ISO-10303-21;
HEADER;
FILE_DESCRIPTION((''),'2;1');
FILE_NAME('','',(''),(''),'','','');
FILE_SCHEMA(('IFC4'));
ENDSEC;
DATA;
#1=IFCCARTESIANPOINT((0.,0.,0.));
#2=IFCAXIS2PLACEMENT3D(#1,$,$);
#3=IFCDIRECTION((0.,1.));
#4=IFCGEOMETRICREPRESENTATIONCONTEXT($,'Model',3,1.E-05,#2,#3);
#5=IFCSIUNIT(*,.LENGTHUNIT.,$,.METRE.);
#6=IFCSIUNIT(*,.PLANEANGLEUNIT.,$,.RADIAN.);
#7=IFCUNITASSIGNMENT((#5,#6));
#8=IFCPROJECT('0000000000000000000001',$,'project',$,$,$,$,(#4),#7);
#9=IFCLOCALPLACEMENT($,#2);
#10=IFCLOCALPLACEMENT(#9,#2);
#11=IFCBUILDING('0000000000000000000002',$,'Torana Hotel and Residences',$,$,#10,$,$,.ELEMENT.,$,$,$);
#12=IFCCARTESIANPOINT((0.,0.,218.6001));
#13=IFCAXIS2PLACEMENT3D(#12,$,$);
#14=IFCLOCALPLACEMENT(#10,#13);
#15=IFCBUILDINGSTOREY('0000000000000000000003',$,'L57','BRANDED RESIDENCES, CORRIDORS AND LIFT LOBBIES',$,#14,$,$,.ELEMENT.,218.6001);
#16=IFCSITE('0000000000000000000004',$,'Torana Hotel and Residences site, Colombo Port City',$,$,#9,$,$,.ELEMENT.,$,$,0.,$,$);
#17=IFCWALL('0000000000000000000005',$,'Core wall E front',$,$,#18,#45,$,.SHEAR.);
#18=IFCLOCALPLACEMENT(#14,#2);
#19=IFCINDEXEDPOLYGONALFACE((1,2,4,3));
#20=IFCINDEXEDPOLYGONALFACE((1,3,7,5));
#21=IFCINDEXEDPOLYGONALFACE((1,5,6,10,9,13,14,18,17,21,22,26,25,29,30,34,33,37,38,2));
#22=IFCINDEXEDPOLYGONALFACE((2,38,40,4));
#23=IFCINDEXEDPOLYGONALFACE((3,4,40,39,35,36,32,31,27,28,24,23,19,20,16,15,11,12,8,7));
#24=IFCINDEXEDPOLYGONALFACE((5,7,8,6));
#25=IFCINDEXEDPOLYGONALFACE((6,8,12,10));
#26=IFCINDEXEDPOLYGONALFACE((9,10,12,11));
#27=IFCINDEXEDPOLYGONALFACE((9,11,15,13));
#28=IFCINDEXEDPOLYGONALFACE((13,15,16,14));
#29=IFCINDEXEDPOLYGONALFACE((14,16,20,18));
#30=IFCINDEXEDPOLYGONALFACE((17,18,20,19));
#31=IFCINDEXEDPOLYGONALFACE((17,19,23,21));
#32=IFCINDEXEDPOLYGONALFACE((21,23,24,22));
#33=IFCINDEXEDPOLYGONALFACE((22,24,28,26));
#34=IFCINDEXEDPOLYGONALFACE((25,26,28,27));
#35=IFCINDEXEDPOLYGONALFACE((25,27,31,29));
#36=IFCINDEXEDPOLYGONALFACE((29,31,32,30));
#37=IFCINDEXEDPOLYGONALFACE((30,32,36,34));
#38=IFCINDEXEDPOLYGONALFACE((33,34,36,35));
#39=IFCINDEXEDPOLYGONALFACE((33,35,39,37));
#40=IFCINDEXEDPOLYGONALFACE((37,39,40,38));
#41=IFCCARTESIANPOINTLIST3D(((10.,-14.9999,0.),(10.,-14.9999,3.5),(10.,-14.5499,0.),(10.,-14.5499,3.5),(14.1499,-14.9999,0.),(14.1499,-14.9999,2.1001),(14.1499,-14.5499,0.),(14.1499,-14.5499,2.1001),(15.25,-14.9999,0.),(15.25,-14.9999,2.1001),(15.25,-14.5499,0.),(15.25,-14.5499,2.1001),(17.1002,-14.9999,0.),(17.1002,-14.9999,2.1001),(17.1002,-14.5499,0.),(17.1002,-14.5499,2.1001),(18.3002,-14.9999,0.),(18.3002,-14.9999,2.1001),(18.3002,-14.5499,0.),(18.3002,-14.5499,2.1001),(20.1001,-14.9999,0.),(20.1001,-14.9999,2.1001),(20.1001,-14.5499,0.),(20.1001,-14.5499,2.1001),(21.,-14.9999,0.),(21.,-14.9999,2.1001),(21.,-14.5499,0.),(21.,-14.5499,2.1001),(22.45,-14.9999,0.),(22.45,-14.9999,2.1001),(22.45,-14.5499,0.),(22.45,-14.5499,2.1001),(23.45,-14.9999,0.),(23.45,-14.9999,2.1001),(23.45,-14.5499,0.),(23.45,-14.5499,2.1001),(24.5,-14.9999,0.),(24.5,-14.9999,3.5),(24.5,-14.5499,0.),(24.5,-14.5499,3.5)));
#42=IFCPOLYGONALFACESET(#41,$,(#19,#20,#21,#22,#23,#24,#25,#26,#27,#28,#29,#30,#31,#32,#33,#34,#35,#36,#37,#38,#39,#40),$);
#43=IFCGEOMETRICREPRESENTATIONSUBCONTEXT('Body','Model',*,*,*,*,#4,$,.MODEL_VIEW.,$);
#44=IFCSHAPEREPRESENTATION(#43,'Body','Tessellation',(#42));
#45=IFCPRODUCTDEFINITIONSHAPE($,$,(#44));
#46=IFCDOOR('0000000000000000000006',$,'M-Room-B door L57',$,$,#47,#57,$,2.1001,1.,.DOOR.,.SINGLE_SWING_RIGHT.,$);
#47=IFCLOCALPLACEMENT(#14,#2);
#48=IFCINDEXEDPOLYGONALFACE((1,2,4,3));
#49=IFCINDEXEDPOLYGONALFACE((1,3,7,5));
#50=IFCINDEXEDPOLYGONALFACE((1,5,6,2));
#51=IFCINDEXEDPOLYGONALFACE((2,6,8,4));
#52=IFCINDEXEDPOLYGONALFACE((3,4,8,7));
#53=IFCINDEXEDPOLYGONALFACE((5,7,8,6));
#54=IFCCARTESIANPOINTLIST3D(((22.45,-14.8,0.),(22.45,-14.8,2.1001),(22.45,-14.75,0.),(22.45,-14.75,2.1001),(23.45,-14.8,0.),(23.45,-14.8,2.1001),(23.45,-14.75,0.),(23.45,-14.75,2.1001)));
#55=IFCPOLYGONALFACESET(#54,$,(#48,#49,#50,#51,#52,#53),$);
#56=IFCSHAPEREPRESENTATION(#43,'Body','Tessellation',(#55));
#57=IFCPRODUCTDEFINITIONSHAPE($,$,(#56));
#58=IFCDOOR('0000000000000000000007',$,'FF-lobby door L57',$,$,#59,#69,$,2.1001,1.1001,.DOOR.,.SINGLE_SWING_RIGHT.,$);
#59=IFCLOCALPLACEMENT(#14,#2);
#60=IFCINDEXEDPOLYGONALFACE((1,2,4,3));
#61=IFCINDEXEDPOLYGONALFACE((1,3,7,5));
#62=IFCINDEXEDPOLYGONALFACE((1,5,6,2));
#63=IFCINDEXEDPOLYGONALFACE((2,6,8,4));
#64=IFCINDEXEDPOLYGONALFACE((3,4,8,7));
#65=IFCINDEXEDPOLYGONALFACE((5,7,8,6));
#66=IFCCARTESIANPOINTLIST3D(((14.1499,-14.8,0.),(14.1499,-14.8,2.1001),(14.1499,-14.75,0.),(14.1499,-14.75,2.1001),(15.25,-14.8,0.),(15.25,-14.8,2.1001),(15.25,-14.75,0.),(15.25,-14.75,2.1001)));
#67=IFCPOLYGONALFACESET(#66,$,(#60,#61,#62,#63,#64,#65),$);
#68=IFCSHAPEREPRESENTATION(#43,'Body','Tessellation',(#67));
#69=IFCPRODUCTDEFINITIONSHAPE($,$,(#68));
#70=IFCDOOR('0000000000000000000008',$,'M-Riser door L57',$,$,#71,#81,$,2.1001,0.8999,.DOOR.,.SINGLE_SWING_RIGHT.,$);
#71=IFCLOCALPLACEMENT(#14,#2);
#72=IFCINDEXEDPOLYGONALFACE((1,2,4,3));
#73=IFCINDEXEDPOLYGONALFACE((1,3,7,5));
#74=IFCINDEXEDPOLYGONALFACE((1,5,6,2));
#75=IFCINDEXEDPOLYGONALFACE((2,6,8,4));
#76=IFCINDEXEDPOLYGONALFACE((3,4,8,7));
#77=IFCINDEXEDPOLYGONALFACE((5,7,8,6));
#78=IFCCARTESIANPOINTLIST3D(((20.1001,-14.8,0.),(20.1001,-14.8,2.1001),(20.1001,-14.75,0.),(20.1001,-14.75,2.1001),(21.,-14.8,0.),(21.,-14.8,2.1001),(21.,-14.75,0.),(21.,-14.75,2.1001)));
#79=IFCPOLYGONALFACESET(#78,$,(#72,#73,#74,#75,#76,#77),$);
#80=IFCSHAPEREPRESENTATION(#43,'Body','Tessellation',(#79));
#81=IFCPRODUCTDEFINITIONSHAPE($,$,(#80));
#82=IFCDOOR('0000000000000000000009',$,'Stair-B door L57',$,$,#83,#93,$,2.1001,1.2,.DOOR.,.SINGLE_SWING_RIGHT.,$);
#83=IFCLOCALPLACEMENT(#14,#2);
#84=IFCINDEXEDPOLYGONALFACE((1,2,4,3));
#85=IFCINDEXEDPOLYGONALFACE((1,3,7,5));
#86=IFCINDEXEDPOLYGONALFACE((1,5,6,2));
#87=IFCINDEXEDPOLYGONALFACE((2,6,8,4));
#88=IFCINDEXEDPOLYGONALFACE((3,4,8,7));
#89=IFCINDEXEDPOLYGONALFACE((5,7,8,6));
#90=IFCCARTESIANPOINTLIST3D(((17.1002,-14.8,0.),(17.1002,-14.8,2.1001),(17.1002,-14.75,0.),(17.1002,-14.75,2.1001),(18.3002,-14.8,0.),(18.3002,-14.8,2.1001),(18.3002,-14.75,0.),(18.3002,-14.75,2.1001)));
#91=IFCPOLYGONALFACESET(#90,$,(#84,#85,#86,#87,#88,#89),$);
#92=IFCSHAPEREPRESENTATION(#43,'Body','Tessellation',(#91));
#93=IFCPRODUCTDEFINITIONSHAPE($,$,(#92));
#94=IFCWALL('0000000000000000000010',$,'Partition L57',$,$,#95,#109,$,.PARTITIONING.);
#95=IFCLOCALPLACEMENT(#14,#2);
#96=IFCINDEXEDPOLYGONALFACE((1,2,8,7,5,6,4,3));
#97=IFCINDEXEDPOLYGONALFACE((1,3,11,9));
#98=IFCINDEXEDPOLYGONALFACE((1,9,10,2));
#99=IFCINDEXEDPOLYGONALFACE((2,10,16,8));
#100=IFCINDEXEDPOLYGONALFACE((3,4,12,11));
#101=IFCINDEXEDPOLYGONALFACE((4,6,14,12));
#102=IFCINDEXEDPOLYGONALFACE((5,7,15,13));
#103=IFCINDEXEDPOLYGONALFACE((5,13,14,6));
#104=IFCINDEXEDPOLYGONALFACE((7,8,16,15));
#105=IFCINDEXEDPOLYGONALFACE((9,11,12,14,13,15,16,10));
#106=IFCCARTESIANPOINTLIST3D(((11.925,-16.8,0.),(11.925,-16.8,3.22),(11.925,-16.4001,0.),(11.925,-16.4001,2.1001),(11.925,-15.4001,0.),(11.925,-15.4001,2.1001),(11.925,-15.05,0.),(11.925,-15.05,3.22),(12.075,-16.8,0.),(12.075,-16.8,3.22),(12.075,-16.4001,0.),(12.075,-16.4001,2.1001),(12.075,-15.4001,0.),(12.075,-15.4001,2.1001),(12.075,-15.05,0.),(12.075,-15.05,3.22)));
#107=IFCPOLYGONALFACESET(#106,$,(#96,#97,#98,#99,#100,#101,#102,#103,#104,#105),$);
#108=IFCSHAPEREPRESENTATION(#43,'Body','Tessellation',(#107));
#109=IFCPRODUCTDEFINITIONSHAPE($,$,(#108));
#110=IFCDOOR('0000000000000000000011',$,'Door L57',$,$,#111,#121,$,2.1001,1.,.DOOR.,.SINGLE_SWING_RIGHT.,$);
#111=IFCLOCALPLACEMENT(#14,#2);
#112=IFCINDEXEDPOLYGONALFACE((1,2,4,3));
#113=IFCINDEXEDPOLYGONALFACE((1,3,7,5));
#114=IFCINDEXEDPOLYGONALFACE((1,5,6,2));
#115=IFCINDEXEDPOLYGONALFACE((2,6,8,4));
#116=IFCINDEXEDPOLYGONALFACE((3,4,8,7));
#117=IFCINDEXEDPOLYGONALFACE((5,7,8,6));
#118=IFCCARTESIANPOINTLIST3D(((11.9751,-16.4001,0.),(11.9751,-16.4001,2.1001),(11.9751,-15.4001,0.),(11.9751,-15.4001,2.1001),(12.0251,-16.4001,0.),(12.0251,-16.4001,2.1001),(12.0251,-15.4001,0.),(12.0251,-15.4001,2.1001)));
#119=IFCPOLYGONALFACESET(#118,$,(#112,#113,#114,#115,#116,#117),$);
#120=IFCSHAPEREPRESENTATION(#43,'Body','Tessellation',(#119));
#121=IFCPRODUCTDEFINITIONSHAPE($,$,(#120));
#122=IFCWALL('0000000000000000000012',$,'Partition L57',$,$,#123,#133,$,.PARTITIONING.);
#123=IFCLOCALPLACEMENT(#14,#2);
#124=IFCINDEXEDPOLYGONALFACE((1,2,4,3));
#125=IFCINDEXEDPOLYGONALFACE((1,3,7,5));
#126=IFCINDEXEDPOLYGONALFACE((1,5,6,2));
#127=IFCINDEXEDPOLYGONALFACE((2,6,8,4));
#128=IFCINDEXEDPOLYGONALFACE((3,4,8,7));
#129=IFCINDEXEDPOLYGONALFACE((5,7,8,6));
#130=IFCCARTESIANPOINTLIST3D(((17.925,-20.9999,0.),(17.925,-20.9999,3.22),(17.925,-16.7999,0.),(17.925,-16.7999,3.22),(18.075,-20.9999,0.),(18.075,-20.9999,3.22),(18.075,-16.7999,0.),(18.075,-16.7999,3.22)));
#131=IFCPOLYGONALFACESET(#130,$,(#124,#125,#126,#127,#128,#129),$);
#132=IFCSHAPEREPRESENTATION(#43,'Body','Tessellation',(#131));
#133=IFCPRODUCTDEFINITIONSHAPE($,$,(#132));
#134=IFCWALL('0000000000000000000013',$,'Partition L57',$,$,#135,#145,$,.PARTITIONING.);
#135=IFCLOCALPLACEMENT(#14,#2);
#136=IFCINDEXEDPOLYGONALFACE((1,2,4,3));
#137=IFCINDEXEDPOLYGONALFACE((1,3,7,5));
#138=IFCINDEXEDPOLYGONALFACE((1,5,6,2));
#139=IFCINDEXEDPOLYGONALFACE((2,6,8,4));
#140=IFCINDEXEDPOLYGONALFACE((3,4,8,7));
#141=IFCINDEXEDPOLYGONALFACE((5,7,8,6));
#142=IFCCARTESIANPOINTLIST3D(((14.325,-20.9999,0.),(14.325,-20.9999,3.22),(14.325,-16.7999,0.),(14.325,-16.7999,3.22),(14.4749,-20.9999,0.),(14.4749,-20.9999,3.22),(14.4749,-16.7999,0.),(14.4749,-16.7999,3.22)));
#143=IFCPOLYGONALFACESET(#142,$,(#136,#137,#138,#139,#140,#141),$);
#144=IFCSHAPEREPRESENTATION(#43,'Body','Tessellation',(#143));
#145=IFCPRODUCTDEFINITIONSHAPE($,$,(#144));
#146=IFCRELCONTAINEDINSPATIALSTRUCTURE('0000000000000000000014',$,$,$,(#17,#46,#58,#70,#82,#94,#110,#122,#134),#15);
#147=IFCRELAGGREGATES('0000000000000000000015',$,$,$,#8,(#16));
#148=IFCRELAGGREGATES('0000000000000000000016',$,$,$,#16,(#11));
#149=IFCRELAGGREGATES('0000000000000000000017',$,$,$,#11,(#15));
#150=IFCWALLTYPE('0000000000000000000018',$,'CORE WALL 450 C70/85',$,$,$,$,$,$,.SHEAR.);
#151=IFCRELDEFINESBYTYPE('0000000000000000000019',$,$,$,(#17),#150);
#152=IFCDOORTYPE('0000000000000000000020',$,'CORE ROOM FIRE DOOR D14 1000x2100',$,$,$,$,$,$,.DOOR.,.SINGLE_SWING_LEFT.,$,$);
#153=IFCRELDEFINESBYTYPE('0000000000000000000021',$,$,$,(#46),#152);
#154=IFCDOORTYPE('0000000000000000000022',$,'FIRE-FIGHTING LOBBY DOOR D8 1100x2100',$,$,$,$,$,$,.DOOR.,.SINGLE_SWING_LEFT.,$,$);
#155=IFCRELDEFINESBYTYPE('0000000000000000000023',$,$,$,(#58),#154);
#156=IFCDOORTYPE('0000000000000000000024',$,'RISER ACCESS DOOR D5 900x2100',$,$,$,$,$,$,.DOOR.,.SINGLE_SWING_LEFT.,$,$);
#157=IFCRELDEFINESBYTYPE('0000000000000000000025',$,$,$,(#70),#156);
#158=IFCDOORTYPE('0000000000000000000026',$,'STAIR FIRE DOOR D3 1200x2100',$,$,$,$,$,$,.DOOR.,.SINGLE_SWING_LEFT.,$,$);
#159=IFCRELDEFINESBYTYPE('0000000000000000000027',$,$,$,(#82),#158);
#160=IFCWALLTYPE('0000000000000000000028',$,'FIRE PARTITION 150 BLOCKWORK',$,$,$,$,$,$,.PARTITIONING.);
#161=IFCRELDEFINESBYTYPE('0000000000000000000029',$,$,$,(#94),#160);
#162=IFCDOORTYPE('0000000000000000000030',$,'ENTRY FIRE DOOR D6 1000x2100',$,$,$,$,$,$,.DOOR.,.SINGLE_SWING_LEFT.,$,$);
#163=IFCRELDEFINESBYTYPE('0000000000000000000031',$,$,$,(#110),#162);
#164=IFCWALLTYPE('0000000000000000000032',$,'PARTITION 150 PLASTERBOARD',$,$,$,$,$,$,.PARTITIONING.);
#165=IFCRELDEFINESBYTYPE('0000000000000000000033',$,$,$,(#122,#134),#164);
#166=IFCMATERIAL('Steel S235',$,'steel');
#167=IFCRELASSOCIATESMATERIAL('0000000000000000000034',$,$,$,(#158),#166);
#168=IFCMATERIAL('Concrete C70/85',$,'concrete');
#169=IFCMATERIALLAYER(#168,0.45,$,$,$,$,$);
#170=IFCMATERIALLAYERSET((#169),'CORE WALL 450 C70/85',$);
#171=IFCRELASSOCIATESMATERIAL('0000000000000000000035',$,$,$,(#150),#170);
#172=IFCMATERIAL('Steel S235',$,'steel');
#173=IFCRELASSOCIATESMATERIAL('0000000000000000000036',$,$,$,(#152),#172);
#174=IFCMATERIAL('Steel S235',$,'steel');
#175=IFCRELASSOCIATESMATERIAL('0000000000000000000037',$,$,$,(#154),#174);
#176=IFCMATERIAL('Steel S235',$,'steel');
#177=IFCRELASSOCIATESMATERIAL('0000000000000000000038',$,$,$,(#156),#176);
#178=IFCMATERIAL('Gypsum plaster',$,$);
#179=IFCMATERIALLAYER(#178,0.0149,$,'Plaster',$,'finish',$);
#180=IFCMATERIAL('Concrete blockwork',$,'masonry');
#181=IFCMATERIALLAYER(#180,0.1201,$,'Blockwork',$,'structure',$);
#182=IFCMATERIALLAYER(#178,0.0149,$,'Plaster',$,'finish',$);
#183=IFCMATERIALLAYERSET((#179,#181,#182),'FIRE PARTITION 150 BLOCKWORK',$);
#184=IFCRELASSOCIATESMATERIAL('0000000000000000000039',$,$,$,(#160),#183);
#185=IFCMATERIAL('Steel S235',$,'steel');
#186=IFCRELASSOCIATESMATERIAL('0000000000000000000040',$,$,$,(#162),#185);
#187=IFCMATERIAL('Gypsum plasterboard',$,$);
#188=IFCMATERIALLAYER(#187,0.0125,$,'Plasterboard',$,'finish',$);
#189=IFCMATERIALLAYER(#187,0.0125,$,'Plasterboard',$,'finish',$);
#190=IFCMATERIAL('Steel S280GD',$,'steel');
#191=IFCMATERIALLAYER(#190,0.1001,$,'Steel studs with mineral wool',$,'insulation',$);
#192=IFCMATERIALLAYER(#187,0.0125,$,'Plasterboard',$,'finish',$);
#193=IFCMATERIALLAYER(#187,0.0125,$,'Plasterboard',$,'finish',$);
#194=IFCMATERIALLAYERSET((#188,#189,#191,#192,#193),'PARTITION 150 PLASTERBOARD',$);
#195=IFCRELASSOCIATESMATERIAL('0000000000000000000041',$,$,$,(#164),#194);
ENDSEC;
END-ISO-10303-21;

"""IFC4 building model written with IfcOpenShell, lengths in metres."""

from ifc_helpers import new_model, si_unit, direction, frame, frame_2d, origin, place, context, subcontext, project, spatial, rectangle, extrude, material, layer, layer_set, type_object, element, fill, save


model = new_model("IFC4")

# Units and contexts
model_context = context("Model", 3, precision=1e-05, world=origin(), true_north=direction((0.0, 1.0)))
body_context = subcontext(model_context, "Body", "Model", "MODEL_VIEW")
ifc_project = project(units=[si_unit("LENGTHUNIT", "METRE"), si_unit("PLANEANGLEUNIT", "RADIAN")], contexts=[model_context])

# Site, building, storey
site_placement = place(None, origin())
site = spatial("IfcSite", under=ifc_project, at=site_placement, Name="Torana Hotel and Residences site, Colombo Port City", CompositionType="ELEMENT", RefElevation=0.0)
building_placement = place(site_placement, origin())
building = spatial("IfcBuilding", under=site, at=building_placement, Name="Torana Hotel and Residences", CompositionType="ELEMENT")
storey_placement = place(building_placement, frame((0.0, 0.0, 218.6001)))
storey = spatial("IfcBuildingStorey", under=building, at=storey_placement, Name="L57", Description="BRANDED RESIDENCES, CORRIDORS AND LIFT LOBBIES", CompositionType="ELEMENT", Elevation=218.6001)

# Shared definitions
ifc_material_1 = material(Name="Steel S235", Category="steel")
door_type_1 = type_object("IfcDoorType", Name="STAIR FIRE DOOR D3 1200x2100", OperationType="SINGLE_SWING_LEFT", PredefinedType="DOOR", material=ifc_material_1)

# Wall, openings, doors
ifc_material_2 = material(Name="Concrete C70/85", Category="concrete")
ifc_layer_1 = layer(ifc_material_2, 0.45)
ifc_layer_set_1 = layer_set([ifc_layer_1], Name="CORE WALL 450 C70/85")
wall_type_1 = type_object("IfcWallType", Name="CORE WALL 450 C70/85", PredefinedType="SHEAR", material=ifc_layer_set_1)
wall_1_placement = place(storey_placement, frame((10.0, -14.7749, 0.0), z_axis=(0.0, 0.0, 1.0), x_axis=(1.0, 0.0, 0.0)))
wall_1 = element("IfcWall", 1, at=wall_1_placement, inside=storey, type_object=wall_type_1, Name="Core wall E front", PredefinedType="SHEAR", context=body_context, shape_type="SweptSolid", body=[
    extrude(rectangle(XDim=14.5, YDim=0.45, at=frame_2d((7.25, 0.0))), origin(), (0.0, 0.0, 1.0), 3.5),
])
opening_1_placement = place(wall_1_placement, frame((7.1001, 0.0, 0.0)))
opening_1 = element("IfcOpeningElement", 2, at=opening_1_placement, cuts=wall_1, PredefinedType="OPENING", context=body_context, shape_type="SweptSolid", body=[
    extrude(rectangle(XDim=1.2, YDim=2.1001, at=frame_2d((0.6001, 1.05))), frame((0.0, 0.2349, 0.0), z_axis=(0.0, -1.0, 0.0), x_axis=(1.0, 0.0, 0.0)), (0.0, 0.0, 1.0), 0.47),
])
opening_2_placement = place(wall_1_placement, frame((4.1499, 0.0, 0.0)))
opening_2 = element("IfcOpeningElement", 3, at=opening_2_placement, cuts=wall_1, PredefinedType="OPENING", context=body_context, shape_type="SweptSolid", body=[
    extrude(rectangle(XDim=1.1001, YDim=2.1001, at=frame_2d((0.55, 1.05))), frame((0.0, 0.2349, 0.0), z_axis=(0.0, -1.0, 0.0), x_axis=(1.0, 0.0, 0.0)), (0.0, 0.0, 1.0), 0.47),
])
opening_3_placement = place(wall_1_placement, frame((10.1001, 0.0, 0.0)))
opening_3 = element("IfcOpeningElement", 4, at=opening_3_placement, cuts=wall_1, PredefinedType="OPENING", context=body_context, shape_type="SweptSolid", body=[
    extrude(rectangle(XDim=0.8999, YDim=2.1001, at=frame_2d((0.45, 1.05))), frame((0.0, 0.2349, 0.0), z_axis=(0.0, -1.0, 0.0), x_axis=(1.0, 0.0, 0.0)), (0.0, 0.0, 1.0), 0.47),
])
opening_4_placement = place(wall_1_placement, frame((12.45, 0.0, 0.0)))
opening_4 = element("IfcOpeningElement", 5, at=opening_4_placement, cuts=wall_1, PredefinedType="OPENING", context=body_context, shape_type="SweptSolid", body=[
    extrude(rectangle(XDim=1.0, YDim=2.1001, at=frame_2d((0.5, 1.05))), frame((0.0, 0.2349, 0.0), z_axis=(0.0, -1.0, 0.0), x_axis=(1.0, 0.0, 0.0)), (0.0, 0.0, 1.0), 0.47),
])
ifc_material_3 = material(Name="Steel S235", Category="steel")
door_type_2 = type_object("IfcDoorType", Name="CORE ROOM FIRE DOOR D14 1000x2100", OperationType="SINGLE_SWING_LEFT", PredefinedType="DOOR", material=ifc_material_3)
door_1_placement = place(opening_4_placement, origin())
door_1 = element("IfcDoor", 6, at=door_1_placement, inside=storey, type_object=door_type_2, Name="M-Room-B door L57", OperationType="SINGLE_SWING_RIGHT", OverallHeight=2.1001, OverallWidth=1.0, PredefinedType="DOOR", context=body_context, shape_type="SweptSolid", body=[
    extrude(rectangle(XDim=1.0, YDim=2.1001, at=frame_2d((0.5, 1.05))), frame((0.0, 0.0249, 0.0), z_axis=(0.0, -1.0, 0.0), x_axis=(1.0, 0.0, 0.0)), (0.0, 0.0, 1.0), 0.05),
])
fill(opening_4, door_1)
ifc_material_4 = material(Name="Steel S235", Category="steel")
door_type_3 = type_object("IfcDoorType", Name="FIRE-FIGHTING LOBBY DOOR D8 1100x2100", OperationType="SINGLE_SWING_LEFT", PredefinedType="DOOR", material=ifc_material_4)
door_2_placement = place(opening_2_placement, origin())
door_2 = element("IfcDoor", 7, at=door_2_placement, inside=storey, type_object=door_type_3, Name="FF-lobby door L57", OperationType="SINGLE_SWING_RIGHT", OverallHeight=2.1001, OverallWidth=1.1001, PredefinedType="DOOR", context=body_context, shape_type="SweptSolid", body=[
    extrude(rectangle(XDim=1.1001, YDim=2.1001, at=frame_2d((0.55, 1.05))), frame((0.0, 0.0249, 0.0), z_axis=(0.0, -1.0, 0.0), x_axis=(1.0, 0.0, 0.0)), (0.0, 0.0, 1.0), 0.05),
])
fill(opening_2, door_2)
ifc_material_5 = material(Name="Steel S235", Category="steel")
door_type_4 = type_object("IfcDoorType", Name="RISER ACCESS DOOR D5 900x2100", OperationType="SINGLE_SWING_LEFT", PredefinedType="DOOR", material=ifc_material_5)
door_3_placement = place(opening_3_placement, origin())
door_3 = element("IfcDoor", 8, at=door_3_placement, inside=storey, type_object=door_type_4, Name="M-Riser door L57", OperationType="SINGLE_SWING_RIGHT", OverallHeight=2.1001, OverallWidth=0.8999, PredefinedType="DOOR", context=body_context, shape_type="SweptSolid", body=[
    extrude(rectangle(XDim=0.8999, YDim=2.1001, at=frame_2d((0.45, 1.05))), frame((0.0, 0.0249, 0.0), z_axis=(0.0, -1.0, 0.0), x_axis=(1.0, 0.0, 0.0)), (0.0, 0.0, 1.0), 0.05),
])
fill(opening_3, door_3)
door_4_placement = place(opening_1_placement, origin())
door_4 = element("IfcDoor", 9, at=door_4_placement, inside=storey, type_object=door_type_1, Name="Stair-B door L57", OperationType="SINGLE_SWING_RIGHT", OverallHeight=2.1001, OverallWidth=1.2, PredefinedType="DOOR", context=body_context, shape_type="SweptSolid", body=[
    extrude(rectangle(XDim=1.2, YDim=2.1001, at=frame_2d((0.6001, 1.05))), frame((0.0, 0.0249, 0.0), z_axis=(0.0, -1.0, 0.0), x_axis=(1.0, 0.0, 0.0)), (0.0, 0.0, 1.0), 0.05),
])
fill(opening_1, door_4)

# Wall, opening, door
ifc_material_6 = material(Name="Gypsum plaster")
ifc_layer_2 = layer(ifc_material_6, 0.0149, Name="Plaster", Category="finish")
ifc_material_7 = material(Name="Concrete blockwork", Category="masonry")
ifc_layer_3 = layer(ifc_material_7, 0.1201, Name="Blockwork", Category="structure")
ifc_layer_4 = layer(ifc_material_6, 0.0149, Name="Plaster", Category="finish")
ifc_layer_set_2 = layer_set([ifc_layer_2, ifc_layer_3, ifc_layer_4], Name="FIRE PARTITION 150 BLOCKWORK")
wall_type_2 = type_object("IfcWallType", Name="FIRE PARTITION 150 BLOCKWORK", PredefinedType="PARTITIONING", material=ifc_layer_set_2)
wall_2_placement = place(storey_placement, frame((12.0, -16.8, 0.0), z_axis=(0.0, 0.0, 1.0), x_axis=(0.0, 1.0, 0.0)))
wall_2 = element("IfcWall", 10, at=wall_2_placement, inside=storey, type_object=wall_type_2, Name="Partition L57", PredefinedType="PARTITIONING", context=body_context, shape_type="SweptSolid", body=[
    extrude(rectangle(XDim=1.75, YDim=0.1499, at=frame_2d((0.875, 0.0))), origin(), (0.0, 0.0, 1.0), 3.22),
])
opening_5_placement = place(wall_2_placement, frame((0.3999, 0.0, 0.0)))
opening_5 = element("IfcOpeningElement", 11, at=opening_5_placement, cuts=wall_2, PredefinedType="OPENING", context=body_context, shape_type="SweptSolid", body=[
    extrude(rectangle(XDim=1.0, YDim=2.1001, at=frame_2d((0.5, 1.05))), frame((0.0, 0.085, 0.0), z_axis=(0.0, -1.0, 0.0), x_axis=(1.0, 0.0, 0.0)), (0.0, 0.0, 1.0), 0.1699),
])
ifc_material_8 = material(Name="Steel S235", Category="steel")
door_type_5 = type_object("IfcDoorType", Name="ENTRY FIRE DOOR D6 1000x2100", OperationType="SINGLE_SWING_LEFT", PredefinedType="DOOR", material=ifc_material_8)
door_5_placement = place(opening_5_placement, origin())
door_5 = element("IfcDoor", 12, at=door_5_placement, inside=storey, type_object=door_type_5, Name="Door L57", OperationType="SINGLE_SWING_RIGHT", OverallHeight=2.1001, OverallWidth=1.0, PredefinedType="DOOR", context=body_context, shape_type="SweptSolid", body=[
    extrude(rectangle(XDim=1.0, YDim=2.1001, at=frame_2d((0.5, 1.05))), frame((0.0, 0.0249, 0.0), z_axis=(0.0, -1.0, 0.0), x_axis=(1.0, 0.0, 0.0)), (0.0, 0.0, 1.0), 0.05),
])
fill(opening_5, door_5)

# Walls
ifc_material_9 = material(Name="Gypsum plasterboard")
ifc_layer_5 = layer(ifc_material_9, 0.0125, Name="Plasterboard", Category="finish")
ifc_layer_6 = layer(ifc_material_9, 0.0125, Name="Plasterboard", Category="finish")
ifc_material_10 = material(Name="Steel S280GD", Category="steel")
ifc_layer_7 = layer(ifc_material_10, 0.1001, Name="Steel studs with mineral wool", Category="insulation")
ifc_layer_8 = layer(ifc_material_9, 0.0125, Name="Plasterboard", Category="finish")
ifc_layer_9 = layer(ifc_material_9, 0.0125, Name="Plasterboard", Category="finish")
ifc_layer_set_3 = layer_set([ifc_layer_5, ifc_layer_6, ifc_layer_7, ifc_layer_8, ifc_layer_9], Name="PARTITION 150 PLASTERBOARD")
wall_type_3 = type_object("IfcWallType", Name="PARTITION 150 PLASTERBOARD", PredefinedType="PARTITIONING", material=ifc_layer_set_3)
for number, where, z_axis, x_axis, name in (
    (13, (18.0, -21.0, 0.0), (0.0, 0.0, 1.0), (0.0, 1.0, 0.0), "Partition L57"),
    (14, (14.3999, -21.0, 0.0), (0.0, 0.0, 1.0), (0.0, 1.0, 0.0), "Partition L57"),
):
    element("IfcWall", number, at=place(storey_placement, frame(where, z_axis=z_axis, x_axis=x_axis)), inside=storey, type_object=wall_type_3, Name=name, PredefinedType="PARTITIONING", context=body_context, shape_type="SweptSolid", body=[
        extrude(rectangle(XDim=4.2, YDim=0.1499, at=frame_2d((2.1001, 0.0))), origin(), (0.0, 0.0, 1.0), 3.22),
    ])

save(model, "model.ifc")
